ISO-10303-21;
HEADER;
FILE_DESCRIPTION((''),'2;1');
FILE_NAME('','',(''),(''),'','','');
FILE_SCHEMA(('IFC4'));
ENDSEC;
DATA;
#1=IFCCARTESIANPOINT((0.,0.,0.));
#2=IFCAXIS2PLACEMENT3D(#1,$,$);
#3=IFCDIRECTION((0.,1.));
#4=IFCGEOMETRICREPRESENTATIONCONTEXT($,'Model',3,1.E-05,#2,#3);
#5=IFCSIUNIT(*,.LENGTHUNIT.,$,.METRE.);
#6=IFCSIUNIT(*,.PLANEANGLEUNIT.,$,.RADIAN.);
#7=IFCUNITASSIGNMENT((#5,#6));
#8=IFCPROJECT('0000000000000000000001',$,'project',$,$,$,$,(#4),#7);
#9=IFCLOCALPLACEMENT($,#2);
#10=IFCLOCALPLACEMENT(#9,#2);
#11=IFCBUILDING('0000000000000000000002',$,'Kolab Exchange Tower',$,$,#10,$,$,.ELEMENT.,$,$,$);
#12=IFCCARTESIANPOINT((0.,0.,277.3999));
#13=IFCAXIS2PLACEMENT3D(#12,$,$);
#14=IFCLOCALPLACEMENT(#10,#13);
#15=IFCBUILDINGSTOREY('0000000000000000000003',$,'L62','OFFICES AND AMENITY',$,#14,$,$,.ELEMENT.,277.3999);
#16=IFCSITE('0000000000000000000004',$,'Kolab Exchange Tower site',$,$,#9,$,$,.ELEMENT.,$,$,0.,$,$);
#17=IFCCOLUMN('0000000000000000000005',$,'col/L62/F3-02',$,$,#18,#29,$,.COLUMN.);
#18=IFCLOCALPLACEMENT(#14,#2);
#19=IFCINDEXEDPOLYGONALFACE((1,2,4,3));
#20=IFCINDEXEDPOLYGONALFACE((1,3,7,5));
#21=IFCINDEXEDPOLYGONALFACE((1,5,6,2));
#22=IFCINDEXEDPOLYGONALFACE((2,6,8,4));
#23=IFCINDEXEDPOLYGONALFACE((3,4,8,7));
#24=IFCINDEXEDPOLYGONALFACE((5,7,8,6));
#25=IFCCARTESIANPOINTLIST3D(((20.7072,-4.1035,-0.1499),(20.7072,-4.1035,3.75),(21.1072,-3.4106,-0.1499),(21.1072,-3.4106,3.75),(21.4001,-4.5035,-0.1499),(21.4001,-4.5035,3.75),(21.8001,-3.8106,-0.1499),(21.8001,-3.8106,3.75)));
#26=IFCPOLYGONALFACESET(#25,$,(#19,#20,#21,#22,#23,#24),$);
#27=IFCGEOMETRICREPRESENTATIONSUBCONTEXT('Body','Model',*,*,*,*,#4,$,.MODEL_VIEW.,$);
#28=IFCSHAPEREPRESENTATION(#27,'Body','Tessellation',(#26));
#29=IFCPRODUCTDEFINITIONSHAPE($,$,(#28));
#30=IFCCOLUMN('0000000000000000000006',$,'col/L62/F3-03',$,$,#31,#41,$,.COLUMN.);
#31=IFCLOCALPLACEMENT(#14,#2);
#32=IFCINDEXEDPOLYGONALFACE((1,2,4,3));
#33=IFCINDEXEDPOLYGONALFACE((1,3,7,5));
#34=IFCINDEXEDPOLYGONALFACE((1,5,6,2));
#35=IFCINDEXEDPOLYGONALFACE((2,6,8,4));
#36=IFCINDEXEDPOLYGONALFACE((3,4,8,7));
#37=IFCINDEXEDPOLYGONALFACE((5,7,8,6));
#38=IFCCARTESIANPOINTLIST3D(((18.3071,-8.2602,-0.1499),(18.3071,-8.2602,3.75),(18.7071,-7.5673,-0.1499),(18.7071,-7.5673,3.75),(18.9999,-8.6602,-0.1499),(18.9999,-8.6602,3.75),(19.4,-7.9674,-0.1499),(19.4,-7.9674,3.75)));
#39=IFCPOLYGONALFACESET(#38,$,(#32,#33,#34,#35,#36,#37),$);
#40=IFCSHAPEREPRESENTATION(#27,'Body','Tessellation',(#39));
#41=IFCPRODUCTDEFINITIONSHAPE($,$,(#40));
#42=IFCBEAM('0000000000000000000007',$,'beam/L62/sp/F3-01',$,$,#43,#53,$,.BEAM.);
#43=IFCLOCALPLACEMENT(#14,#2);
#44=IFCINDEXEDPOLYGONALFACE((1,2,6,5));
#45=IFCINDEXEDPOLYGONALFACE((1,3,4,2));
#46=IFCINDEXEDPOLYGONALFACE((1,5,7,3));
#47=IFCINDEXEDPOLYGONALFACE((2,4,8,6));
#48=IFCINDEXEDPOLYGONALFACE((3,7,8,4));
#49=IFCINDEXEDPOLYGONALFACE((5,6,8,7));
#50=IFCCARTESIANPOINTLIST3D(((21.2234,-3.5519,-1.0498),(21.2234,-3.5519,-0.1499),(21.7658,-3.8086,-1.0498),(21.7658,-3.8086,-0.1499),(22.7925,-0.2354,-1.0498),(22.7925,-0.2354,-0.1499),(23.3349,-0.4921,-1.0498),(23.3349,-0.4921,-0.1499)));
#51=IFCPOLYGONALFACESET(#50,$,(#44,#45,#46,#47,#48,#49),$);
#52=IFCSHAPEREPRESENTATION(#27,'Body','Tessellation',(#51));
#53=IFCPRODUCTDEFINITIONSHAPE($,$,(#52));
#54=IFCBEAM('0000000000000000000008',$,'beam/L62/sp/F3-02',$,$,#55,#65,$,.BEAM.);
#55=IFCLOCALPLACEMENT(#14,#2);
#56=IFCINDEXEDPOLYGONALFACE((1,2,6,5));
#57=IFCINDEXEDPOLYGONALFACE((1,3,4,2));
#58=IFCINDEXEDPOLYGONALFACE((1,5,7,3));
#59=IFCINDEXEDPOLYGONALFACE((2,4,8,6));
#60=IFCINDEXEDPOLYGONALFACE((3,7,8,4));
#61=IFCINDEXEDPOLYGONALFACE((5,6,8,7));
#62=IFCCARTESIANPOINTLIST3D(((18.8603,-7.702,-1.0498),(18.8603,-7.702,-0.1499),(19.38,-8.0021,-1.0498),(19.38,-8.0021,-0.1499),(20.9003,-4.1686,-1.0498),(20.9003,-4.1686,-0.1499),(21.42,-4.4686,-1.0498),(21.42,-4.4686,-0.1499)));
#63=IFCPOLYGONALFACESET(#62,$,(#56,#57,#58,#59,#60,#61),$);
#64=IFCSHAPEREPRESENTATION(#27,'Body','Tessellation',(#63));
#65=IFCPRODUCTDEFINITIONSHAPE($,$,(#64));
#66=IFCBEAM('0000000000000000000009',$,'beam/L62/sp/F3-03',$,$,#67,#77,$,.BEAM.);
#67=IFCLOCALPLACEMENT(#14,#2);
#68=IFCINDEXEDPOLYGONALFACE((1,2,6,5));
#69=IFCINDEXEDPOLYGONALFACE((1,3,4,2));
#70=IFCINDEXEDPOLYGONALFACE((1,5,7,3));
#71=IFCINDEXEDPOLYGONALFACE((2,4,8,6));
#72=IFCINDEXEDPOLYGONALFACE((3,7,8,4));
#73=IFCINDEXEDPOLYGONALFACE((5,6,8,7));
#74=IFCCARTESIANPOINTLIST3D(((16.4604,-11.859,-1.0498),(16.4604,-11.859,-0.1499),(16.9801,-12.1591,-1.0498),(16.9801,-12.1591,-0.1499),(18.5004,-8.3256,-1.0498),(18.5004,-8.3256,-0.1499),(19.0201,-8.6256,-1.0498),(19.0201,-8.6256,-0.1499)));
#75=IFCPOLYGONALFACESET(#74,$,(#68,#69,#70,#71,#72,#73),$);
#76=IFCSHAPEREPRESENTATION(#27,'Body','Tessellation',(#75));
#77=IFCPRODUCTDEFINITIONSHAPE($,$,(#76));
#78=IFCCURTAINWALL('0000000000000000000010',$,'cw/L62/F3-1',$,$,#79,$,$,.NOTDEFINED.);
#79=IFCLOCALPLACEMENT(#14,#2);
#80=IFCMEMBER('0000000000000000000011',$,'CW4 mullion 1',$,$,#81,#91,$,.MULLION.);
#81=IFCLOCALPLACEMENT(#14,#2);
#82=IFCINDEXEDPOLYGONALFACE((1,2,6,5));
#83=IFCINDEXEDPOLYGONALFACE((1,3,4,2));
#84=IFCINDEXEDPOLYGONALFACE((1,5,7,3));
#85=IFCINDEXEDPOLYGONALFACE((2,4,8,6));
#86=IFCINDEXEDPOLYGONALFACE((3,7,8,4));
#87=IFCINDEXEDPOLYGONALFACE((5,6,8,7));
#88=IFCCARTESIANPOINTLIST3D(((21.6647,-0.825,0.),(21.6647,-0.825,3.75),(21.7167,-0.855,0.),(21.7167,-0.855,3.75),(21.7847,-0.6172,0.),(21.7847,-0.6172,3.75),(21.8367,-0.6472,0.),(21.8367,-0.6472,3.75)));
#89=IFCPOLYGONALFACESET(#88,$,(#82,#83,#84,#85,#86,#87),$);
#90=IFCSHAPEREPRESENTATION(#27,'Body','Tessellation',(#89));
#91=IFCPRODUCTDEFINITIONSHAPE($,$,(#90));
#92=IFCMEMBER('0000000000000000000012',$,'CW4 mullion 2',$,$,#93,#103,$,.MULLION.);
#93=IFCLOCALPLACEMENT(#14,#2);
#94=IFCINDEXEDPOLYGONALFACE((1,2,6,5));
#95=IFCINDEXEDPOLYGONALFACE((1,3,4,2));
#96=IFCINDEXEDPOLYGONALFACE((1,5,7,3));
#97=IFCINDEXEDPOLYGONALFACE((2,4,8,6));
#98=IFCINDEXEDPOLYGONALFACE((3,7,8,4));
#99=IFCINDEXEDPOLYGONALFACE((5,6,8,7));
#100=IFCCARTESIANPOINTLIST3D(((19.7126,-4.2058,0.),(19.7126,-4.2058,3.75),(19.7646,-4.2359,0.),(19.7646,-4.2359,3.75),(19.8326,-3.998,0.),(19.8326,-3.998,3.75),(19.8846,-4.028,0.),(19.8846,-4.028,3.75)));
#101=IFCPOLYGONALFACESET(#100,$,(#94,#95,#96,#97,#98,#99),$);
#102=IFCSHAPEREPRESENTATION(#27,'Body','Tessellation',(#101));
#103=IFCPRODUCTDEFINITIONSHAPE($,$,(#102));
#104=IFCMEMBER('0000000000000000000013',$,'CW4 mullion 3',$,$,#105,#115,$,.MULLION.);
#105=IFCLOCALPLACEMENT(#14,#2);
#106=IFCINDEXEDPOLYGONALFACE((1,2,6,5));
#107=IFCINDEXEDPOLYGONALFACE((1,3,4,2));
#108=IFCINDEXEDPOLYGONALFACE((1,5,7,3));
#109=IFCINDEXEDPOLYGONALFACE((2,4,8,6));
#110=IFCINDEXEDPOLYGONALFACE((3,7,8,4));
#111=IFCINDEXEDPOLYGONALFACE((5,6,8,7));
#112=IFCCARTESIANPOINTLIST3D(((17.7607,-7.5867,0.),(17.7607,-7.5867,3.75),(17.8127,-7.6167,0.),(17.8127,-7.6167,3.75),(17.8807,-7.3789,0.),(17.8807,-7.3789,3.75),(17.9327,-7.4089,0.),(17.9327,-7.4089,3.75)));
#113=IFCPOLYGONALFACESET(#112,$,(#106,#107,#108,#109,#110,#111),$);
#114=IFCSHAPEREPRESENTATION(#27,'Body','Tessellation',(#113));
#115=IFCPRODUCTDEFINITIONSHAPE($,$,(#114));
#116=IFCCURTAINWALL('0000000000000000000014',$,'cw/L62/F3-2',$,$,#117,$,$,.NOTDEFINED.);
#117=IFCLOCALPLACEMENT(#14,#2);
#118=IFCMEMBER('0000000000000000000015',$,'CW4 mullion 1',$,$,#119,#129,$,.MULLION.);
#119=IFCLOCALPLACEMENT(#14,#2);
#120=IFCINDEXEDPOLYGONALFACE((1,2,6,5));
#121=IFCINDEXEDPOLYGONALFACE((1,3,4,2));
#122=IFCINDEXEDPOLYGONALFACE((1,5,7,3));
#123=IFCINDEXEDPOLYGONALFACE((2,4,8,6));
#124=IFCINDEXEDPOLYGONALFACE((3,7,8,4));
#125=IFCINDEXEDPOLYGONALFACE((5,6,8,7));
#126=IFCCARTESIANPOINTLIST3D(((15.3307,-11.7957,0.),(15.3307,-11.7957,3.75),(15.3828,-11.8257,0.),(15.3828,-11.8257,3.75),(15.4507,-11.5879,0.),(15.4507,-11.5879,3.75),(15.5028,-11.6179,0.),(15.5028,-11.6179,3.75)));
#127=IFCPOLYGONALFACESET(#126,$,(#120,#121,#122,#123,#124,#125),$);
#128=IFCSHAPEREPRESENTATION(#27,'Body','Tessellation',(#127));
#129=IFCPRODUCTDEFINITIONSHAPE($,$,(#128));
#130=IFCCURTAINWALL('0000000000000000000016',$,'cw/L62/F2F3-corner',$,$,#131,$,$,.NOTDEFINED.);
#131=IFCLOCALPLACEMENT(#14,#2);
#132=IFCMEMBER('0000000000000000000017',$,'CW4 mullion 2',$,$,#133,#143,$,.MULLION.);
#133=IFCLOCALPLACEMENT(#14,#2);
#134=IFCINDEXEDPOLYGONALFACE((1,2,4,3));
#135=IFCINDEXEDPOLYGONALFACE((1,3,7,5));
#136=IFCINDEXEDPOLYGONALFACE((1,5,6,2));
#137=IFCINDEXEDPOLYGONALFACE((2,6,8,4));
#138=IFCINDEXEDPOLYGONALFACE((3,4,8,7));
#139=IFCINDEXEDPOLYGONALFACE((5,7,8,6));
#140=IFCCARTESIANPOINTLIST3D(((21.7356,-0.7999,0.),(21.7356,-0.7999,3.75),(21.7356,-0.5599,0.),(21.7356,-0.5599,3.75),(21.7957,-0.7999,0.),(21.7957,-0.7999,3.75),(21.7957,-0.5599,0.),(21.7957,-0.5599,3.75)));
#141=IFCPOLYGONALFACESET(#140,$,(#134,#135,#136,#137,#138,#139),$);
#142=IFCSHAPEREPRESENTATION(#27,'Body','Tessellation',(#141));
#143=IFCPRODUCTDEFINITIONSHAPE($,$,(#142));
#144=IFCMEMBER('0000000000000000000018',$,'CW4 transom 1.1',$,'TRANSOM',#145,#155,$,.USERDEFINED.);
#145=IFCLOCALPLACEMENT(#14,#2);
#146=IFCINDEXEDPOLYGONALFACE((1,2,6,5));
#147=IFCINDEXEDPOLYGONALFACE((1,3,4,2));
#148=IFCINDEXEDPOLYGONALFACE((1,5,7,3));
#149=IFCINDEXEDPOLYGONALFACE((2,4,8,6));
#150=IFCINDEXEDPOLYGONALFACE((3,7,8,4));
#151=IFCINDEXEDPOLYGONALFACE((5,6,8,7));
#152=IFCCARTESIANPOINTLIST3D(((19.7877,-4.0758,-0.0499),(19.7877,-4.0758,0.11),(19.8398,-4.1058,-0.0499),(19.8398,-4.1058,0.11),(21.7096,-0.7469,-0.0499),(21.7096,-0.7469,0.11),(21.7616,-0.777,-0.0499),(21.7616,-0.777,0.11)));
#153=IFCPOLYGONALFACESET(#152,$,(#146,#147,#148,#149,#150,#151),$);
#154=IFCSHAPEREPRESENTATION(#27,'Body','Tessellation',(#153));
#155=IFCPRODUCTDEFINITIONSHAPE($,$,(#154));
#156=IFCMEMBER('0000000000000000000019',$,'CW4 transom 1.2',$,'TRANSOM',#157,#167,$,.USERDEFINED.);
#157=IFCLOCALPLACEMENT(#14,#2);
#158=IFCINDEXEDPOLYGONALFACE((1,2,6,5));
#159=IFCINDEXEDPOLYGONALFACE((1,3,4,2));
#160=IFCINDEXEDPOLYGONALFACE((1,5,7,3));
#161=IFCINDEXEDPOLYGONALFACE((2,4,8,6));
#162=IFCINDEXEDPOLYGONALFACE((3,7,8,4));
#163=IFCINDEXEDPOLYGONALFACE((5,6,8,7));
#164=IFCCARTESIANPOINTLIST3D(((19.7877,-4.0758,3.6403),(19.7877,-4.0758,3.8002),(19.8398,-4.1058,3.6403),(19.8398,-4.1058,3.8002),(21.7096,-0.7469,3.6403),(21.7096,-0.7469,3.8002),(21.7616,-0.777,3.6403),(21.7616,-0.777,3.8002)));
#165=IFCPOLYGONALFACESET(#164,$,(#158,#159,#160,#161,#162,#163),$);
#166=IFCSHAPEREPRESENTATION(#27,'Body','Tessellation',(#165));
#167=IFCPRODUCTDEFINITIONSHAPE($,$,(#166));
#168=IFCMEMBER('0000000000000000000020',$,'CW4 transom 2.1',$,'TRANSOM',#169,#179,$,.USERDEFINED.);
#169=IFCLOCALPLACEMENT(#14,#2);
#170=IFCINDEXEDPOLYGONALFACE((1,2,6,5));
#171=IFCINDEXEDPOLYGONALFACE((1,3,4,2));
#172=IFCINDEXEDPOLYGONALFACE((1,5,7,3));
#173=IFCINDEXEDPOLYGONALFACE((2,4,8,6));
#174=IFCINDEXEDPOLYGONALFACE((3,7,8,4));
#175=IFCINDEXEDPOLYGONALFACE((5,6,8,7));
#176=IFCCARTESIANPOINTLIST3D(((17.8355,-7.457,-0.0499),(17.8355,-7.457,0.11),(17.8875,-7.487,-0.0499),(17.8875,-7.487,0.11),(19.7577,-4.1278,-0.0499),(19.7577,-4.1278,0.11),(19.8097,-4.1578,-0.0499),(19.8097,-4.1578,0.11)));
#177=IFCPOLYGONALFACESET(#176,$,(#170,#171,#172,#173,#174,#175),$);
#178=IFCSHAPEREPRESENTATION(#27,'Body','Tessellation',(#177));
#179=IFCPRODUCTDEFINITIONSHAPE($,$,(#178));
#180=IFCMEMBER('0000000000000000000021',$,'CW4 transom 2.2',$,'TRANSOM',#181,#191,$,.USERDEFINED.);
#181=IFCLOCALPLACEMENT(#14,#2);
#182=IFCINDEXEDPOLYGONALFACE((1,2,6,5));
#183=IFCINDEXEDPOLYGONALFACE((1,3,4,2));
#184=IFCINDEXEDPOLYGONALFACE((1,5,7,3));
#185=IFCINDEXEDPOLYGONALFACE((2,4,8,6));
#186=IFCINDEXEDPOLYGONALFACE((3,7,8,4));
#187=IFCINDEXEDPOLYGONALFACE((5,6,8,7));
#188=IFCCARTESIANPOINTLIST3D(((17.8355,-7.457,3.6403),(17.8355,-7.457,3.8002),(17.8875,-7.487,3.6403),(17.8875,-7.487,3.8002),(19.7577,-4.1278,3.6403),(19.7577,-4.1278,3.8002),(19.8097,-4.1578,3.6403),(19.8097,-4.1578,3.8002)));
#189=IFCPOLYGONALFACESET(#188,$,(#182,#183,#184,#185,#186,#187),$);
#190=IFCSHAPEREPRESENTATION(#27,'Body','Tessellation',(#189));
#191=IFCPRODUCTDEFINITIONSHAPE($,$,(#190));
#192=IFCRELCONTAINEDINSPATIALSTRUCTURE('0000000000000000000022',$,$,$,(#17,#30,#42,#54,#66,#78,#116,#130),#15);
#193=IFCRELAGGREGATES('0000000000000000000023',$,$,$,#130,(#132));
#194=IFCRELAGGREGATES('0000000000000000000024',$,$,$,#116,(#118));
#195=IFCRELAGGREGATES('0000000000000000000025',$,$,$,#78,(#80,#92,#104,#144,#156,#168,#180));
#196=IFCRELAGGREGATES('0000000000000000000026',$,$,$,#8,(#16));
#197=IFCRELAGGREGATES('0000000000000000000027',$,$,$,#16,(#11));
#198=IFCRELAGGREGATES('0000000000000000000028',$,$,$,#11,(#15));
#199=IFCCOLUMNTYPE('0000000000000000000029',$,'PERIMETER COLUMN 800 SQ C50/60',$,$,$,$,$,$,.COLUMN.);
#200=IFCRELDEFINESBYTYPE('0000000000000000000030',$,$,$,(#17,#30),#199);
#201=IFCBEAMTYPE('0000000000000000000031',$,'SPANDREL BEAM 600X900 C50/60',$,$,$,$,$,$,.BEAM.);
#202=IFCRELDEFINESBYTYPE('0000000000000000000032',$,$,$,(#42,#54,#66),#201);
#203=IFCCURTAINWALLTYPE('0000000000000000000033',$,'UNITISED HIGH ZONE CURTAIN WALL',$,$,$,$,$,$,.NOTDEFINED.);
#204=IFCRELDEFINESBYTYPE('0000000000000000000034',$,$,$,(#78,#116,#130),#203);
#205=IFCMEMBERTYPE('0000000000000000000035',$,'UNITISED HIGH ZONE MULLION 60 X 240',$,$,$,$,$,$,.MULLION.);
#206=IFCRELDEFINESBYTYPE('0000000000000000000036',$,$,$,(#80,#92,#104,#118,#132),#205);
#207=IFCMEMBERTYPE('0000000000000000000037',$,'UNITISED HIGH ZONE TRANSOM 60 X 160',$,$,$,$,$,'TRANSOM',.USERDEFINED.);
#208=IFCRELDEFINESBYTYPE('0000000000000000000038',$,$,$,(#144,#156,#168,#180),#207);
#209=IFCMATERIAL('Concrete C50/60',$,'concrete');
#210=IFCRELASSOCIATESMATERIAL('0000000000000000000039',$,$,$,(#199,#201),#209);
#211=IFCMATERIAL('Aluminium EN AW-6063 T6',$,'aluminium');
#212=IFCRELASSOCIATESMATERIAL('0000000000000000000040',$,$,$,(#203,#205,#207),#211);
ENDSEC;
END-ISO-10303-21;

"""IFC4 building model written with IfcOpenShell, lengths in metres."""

from ifc_helpers import new_model, si_unit, direction, frame, origin, origin_2d, place, context, subcontext, project, spatial, rectangle, extrude, material, material_profile, profile_set, type_object, element, aggregate, save


model = new_model("IFC4")

# Units and contexts
model_context = context("Model", 3, precision=1e-05, world=origin(), true_north=direction((0.0, 1.0)))
body_context = subcontext(model_context, "Body", "Model", "MODEL_VIEW")
ifc_project = project(units=[si_unit("LENGTHUNIT", "METRE"), si_unit("PLANEANGLEUNIT", "RADIAN")], contexts=[model_context])

# Site, building, storey
site_placement = place(None, origin())
site = spatial("IfcSite", under=ifc_project, at=site_placement, Name="Kolab Exchange Tower site", CompositionType="ELEMENT", RefElevation=0.0)
building_placement = place(site_placement, origin())
building = spatial("IfcBuilding", under=site, at=building_placement, Name="Kolab Exchange Tower", CompositionType="ELEMENT")
storey_placement = place(building_placement, frame((0.0, 0.0, 277.3999)))
storey = spatial("IfcBuildingStorey", under=building, at=storey_placement, Name="L62", Description="OFFICES AND AMENITY", CompositionType="ELEMENT", Elevation=277.3999)

# Columns
ifc_material_1 = material(Name="Concrete C50/60", Category="concrete")
ifc_material_profile_1 = material_profile(ifc_material_1, rectangle(XDim=0.8, YDim=0.8, at=origin_2d()), Name="RC800")
ifc_profile_set_1 = profile_set([ifc_material_profile_1], Name="Concrete C50/60")
column_type = type_object("IfcColumnType", Name="PERIMETER COLUMN 800 SQ C50/60", PredefinedType="COLUMN", material=ifc_profile_set_1)
for number, where, z_axis, x_axis, name in (
    (1, (21.2537, -3.957, -0.1499), (0.0, 0.0, 1.0), (0.5, 0.866025, 0.0), "col/L62/F3-02"),
    (2, (18.8535, -8.1138, -0.1499), (0.0, 0.0, 1.0), (0.5, 0.866025, 0.0), "col/L62/F3-03"),
):
    element("IfcColumn", number, at=place(storey_placement, frame(where, z_axis=z_axis, x_axis=x_axis)), inside=storey, type_object=column_type, Name=name, PredefinedType="COLUMN", context=body_context, shape_type="SweptSolid", body=[
        extrude(rectangle(XDim=0.8, YDim=0.8, at=origin_2d()), origin(), (0.0, 0.0, 1.0), 3.8999),
    ])

# Beams
ifc_material_profile_2 = material_profile(ifc_material_1, rectangle(XDim=0.6001, YDim=0.8999, at=origin_2d()), Name="RC600X900")
ifc_profile_set_2 = profile_set([ifc_material_profile_2], Name="Concrete C50/60")
beam_type = type_object("IfcBeamType", Name="SPANDREL BEAM 600X900 C50/60", PredefinedType="BEAM", material=ifc_profile_set_2)
beam_placement = place(storey_placement, frame((23.0637, -0.3638, -0.5999), z_axis=(-0.427677, -0.903932, 0.0), x_axis=(0.903932, -0.427677, 0.0)))
element("IfcBeam", 3, at=beam_placement, inside=storey, type_object=beam_type, Name="beam/L62/sp/F3-01", PredefinedType="BEAM", context=body_context, shape_type="SweptSolid", body=[
    extrude(rectangle(XDim=0.6001, YDim=0.8999, at=origin_2d()), origin(), (0.0, 0.0, 1.0), 3.6689),
])
for number, where, z_axis, x_axis, name in (
    (4, (21.1602, -4.3186, -0.5999), (-0.5, -0.866025, 0.0), (0.866025, -0.5, 0.0), "beam/L62/sp/F3-02"),
    (5, (18.7603, -8.4756, -0.5999), (-0.5, -0.866025, 0.0), (0.866025, -0.5, 0.0), "beam/L62/sp/F3-03"),
):
    element("IfcBeam", number, at=place(storey_placement, frame(where, z_axis=z_axis, x_axis=x_axis)), inside=storey, type_object=beam_type, Name=name, PredefinedType="BEAM", context=body_context, shape_type="SweptSolid", body=[
        extrude(rectangle(XDim=0.6001, YDim=0.8999, at=origin_2d()), origin(), (0.0, 0.0, 1.0), 4.0801),
    ])

# Curtain wall, members
ifc_material_2 = material(Name="Aluminium EN AW-6063 T6", Category="aluminium")
curtain_wall_type = type_object("IfcCurtainWallType", Name="UNITISED HIGH ZONE CURTAIN WALL", PredefinedType="NOTDEFINED", material=ifc_material_2)
curtain_wall_1_placement = place(storey_placement, origin())
curtain_wall_1 = element("IfcCurtainWall", 6, at=curtain_wall_1_placement, inside=storey, type_object=curtain_wall_type, Name="cw/L62/F3-1", PredefinedType="NOTDEFINED")
ifc_material_profile_3 = material_profile(ifc_material_2, rectangle(XDim=0.0601, YDim=0.24, at=origin_2d()), Name="RECT 60X240")
ifc_profile_set_3 = profile_set([ifc_material_profile_3], Name="Aluminium EN AW-6063 T6")
member_type_1 = type_object("IfcMemberType", Name="UNITISED HIGH ZONE MULLION 60 X 240", PredefinedType="MULLION", material=ifc_profile_set_3)
member_1_placement = place(storey_placement, frame((21.7507, -0.7361, 0.0), z_axis=(0.0, 0.0, 1.0), x_axis=(0.866025, -0.5, 0.0)))
member_1 = element("IfcMember", 7, at=member_1_placement, type_object=member_type_1, Name="CW4 mullion 1", PredefinedType="MULLION", context=body_context, shape_type="SweptSolid", body=[
    extrude(rectangle(XDim=0.0601, YDim=0.24, at=origin_2d()), origin(), (0.0, 0.0, 1.0), 3.75),
])
member_2_placement = place(storey_placement, frame((19.7986, -4.1169, 0.0), z_axis=(0.0, 0.0, 1.0), x_axis=(0.866025, -0.5, 0.0)))
member_2 = element("IfcMember", 8, at=member_2_placement, type_object=member_type_1, Name="CW4 mullion 2", PredefinedType="MULLION", context=body_context, shape_type="SweptSolid", body=[
    extrude(rectangle(XDim=0.0601, YDim=0.24, at=origin_2d()), origin(), (0.0, 0.0, 1.0), 3.75),
])
member_3_placement = place(storey_placement, frame((17.8467, -7.4978, 0.0), z_axis=(0.0, 0.0, 1.0), x_axis=(0.866025, -0.5, 0.0)))
member_3 = element("IfcMember", 9, at=member_3_placement, type_object=member_type_1, Name="CW4 mullion 3", PredefinedType="MULLION", context=body_context, shape_type="SweptSolid", body=[
    extrude(rectangle(XDim=0.0601, YDim=0.24, at=origin_2d()), origin(), (0.0, 0.0, 1.0), 3.75),
])

# Curtain walls, members
curtain_wall_2_placement = place(storey_placement, origin())
curtain_wall_2 = element("IfcCurtainWall", 10, at=curtain_wall_2_placement, inside=storey, type_object=curtain_wall_type, Name="cw/L62/F3-2", PredefinedType="NOTDEFINED")
member_4_placement = place(storey_placement, frame((15.4167, -11.7068, 0.0), z_axis=(0.0, 0.0, 1.0), x_axis=(0.866025, -0.5, 0.0)))
member_4 = element("IfcMember", 11, at=member_4_placement, type_object=member_type_1, Name="CW4 mullion 1", PredefinedType="MULLION", context=body_context, shape_type="SweptSolid", body=[
    extrude(rectangle(XDim=0.0601, YDim=0.24, at=origin_2d()), origin(), (0.0, 0.0, 1.0), 3.75),
])
curtain_wall_3_placement = place(storey_placement, origin())
curtain_wall_3 = element("IfcCurtainWall", 12, at=curtain_wall_3_placement, inside=storey, type_object=curtain_wall_type, Name="cw/L62/F2F3-corner", PredefinedType="NOTDEFINED")
member_5_placement = place(storey_placement, frame((21.7656, -0.6799, 0.0), z_axis=(0.0, 0.0, 1.0), x_axis=(1.0, 0.0, 0.0)))
member_5 = element("IfcMember", 13, at=member_5_placement, type_object=member_type_1, Name="CW4 mullion 2", PredefinedType="MULLION", context=body_context, shape_type="SweptSolid", body=[
    extrude(rectangle(XDim=0.0601, YDim=0.24, at=origin_2d()), origin(), (0.0, 0.0, 1.0), 3.75),
])
aggregate(curtain_wall_3, [member_5])

# Members
ifc_material_profile_4 = material_profile(ifc_material_2, rectangle(XDim=0.0601, YDim=0.1599, at=origin_2d()), Name="RECT 60X160")
ifc_profile_set_4 = profile_set([ifc_material_profile_4], Name="Aluminium EN AW-6063 T6")
member_type_2 = type_object("IfcMemberType", Name="UNITISED HIGH ZONE TRANSOM 60 X 160", ElementType="TRANSOM", PredefinedType="USERDEFINED", material=ifc_profile_set_4)
member_6_placement = place(storey_placement, frame((21.7356, -0.762, 0.03), z_axis=(-0.499992, -0.86603, 0.0), x_axis=(0.86603, -0.499992, 0.0)))
member_6 = element("IfcMember", 14, at=member_6_placement, type_object=member_type_2, Name="CW4 transom 1.1", ObjectType="TRANSOM", PredefinedType="USERDEFINED", context=body_context, shape_type="SweptSolid", body=[
    extrude(rectangle(XDim=0.0601, YDim=0.1599, at=origin_2d()), origin(), (0.0, 0.0, 1.0), 3.8438),
])
member_7_placement = place(storey_placement, frame((21.7356, -0.762, 3.7202), z_axis=(-0.499992, -0.86603, 0.0), x_axis=(0.86603, -0.499992, 0.0)))
member_7 = element("IfcMember", 15, at=member_7_placement, type_object=member_type_2, Name="CW4 transom 1.2", ObjectType="TRANSOM", PredefinedType="USERDEFINED", context=body_context, shape_type="SweptSolid", body=[
    extrude(rectangle(XDim=0.0601, YDim=0.1599, at=origin_2d()), origin(), (0.0, 0.0, 1.0), 3.8438),
])
member_8_placement = place(storey_placement, frame((19.7837, -4.1428, 0.03), z_axis=(-0.500012, -0.866018, 0.0), x_axis=(0.866018, -0.500012, 0.0)))
member_8 = element("IfcMember", 16, at=member_8_placement, type_object=member_type_2, Name="CW4 transom 2.1", ObjectType="TRANSOM", PredefinedType="USERDEFINED", context=body_context, shape_type="SweptSolid", body=[
    extrude(rectangle(XDim=0.0601, YDim=0.1599, at=origin_2d()), origin(), (0.0, 0.0, 1.0), 3.8442),
])
member_9_placement = place(storey_placement, frame((19.7837, -4.1428, 3.7202), z_axis=(-0.500012, -0.866018, 0.0), x_axis=(0.866018, -0.500012, 0.0)))
member_9 = element("IfcMember", 17, at=member_9_placement, type_object=member_type_2, Name="CW4 transom 2.2", ObjectType="TRANSOM", PredefinedType="USERDEFINED", context=body_context, shape_type="SweptSolid", body=[
    extrude(rectangle(XDim=0.0601, YDim=0.1599, at=origin_2d()), origin(), (0.0, 0.0, 1.0), 3.8442),
])
aggregate(curtain_wall_2, [member_4])

aggregate(curtain_wall_1, [member_1, member_2, member_3, member_6, member_7, member_8, member_9])

save(model, "model.ifc")
